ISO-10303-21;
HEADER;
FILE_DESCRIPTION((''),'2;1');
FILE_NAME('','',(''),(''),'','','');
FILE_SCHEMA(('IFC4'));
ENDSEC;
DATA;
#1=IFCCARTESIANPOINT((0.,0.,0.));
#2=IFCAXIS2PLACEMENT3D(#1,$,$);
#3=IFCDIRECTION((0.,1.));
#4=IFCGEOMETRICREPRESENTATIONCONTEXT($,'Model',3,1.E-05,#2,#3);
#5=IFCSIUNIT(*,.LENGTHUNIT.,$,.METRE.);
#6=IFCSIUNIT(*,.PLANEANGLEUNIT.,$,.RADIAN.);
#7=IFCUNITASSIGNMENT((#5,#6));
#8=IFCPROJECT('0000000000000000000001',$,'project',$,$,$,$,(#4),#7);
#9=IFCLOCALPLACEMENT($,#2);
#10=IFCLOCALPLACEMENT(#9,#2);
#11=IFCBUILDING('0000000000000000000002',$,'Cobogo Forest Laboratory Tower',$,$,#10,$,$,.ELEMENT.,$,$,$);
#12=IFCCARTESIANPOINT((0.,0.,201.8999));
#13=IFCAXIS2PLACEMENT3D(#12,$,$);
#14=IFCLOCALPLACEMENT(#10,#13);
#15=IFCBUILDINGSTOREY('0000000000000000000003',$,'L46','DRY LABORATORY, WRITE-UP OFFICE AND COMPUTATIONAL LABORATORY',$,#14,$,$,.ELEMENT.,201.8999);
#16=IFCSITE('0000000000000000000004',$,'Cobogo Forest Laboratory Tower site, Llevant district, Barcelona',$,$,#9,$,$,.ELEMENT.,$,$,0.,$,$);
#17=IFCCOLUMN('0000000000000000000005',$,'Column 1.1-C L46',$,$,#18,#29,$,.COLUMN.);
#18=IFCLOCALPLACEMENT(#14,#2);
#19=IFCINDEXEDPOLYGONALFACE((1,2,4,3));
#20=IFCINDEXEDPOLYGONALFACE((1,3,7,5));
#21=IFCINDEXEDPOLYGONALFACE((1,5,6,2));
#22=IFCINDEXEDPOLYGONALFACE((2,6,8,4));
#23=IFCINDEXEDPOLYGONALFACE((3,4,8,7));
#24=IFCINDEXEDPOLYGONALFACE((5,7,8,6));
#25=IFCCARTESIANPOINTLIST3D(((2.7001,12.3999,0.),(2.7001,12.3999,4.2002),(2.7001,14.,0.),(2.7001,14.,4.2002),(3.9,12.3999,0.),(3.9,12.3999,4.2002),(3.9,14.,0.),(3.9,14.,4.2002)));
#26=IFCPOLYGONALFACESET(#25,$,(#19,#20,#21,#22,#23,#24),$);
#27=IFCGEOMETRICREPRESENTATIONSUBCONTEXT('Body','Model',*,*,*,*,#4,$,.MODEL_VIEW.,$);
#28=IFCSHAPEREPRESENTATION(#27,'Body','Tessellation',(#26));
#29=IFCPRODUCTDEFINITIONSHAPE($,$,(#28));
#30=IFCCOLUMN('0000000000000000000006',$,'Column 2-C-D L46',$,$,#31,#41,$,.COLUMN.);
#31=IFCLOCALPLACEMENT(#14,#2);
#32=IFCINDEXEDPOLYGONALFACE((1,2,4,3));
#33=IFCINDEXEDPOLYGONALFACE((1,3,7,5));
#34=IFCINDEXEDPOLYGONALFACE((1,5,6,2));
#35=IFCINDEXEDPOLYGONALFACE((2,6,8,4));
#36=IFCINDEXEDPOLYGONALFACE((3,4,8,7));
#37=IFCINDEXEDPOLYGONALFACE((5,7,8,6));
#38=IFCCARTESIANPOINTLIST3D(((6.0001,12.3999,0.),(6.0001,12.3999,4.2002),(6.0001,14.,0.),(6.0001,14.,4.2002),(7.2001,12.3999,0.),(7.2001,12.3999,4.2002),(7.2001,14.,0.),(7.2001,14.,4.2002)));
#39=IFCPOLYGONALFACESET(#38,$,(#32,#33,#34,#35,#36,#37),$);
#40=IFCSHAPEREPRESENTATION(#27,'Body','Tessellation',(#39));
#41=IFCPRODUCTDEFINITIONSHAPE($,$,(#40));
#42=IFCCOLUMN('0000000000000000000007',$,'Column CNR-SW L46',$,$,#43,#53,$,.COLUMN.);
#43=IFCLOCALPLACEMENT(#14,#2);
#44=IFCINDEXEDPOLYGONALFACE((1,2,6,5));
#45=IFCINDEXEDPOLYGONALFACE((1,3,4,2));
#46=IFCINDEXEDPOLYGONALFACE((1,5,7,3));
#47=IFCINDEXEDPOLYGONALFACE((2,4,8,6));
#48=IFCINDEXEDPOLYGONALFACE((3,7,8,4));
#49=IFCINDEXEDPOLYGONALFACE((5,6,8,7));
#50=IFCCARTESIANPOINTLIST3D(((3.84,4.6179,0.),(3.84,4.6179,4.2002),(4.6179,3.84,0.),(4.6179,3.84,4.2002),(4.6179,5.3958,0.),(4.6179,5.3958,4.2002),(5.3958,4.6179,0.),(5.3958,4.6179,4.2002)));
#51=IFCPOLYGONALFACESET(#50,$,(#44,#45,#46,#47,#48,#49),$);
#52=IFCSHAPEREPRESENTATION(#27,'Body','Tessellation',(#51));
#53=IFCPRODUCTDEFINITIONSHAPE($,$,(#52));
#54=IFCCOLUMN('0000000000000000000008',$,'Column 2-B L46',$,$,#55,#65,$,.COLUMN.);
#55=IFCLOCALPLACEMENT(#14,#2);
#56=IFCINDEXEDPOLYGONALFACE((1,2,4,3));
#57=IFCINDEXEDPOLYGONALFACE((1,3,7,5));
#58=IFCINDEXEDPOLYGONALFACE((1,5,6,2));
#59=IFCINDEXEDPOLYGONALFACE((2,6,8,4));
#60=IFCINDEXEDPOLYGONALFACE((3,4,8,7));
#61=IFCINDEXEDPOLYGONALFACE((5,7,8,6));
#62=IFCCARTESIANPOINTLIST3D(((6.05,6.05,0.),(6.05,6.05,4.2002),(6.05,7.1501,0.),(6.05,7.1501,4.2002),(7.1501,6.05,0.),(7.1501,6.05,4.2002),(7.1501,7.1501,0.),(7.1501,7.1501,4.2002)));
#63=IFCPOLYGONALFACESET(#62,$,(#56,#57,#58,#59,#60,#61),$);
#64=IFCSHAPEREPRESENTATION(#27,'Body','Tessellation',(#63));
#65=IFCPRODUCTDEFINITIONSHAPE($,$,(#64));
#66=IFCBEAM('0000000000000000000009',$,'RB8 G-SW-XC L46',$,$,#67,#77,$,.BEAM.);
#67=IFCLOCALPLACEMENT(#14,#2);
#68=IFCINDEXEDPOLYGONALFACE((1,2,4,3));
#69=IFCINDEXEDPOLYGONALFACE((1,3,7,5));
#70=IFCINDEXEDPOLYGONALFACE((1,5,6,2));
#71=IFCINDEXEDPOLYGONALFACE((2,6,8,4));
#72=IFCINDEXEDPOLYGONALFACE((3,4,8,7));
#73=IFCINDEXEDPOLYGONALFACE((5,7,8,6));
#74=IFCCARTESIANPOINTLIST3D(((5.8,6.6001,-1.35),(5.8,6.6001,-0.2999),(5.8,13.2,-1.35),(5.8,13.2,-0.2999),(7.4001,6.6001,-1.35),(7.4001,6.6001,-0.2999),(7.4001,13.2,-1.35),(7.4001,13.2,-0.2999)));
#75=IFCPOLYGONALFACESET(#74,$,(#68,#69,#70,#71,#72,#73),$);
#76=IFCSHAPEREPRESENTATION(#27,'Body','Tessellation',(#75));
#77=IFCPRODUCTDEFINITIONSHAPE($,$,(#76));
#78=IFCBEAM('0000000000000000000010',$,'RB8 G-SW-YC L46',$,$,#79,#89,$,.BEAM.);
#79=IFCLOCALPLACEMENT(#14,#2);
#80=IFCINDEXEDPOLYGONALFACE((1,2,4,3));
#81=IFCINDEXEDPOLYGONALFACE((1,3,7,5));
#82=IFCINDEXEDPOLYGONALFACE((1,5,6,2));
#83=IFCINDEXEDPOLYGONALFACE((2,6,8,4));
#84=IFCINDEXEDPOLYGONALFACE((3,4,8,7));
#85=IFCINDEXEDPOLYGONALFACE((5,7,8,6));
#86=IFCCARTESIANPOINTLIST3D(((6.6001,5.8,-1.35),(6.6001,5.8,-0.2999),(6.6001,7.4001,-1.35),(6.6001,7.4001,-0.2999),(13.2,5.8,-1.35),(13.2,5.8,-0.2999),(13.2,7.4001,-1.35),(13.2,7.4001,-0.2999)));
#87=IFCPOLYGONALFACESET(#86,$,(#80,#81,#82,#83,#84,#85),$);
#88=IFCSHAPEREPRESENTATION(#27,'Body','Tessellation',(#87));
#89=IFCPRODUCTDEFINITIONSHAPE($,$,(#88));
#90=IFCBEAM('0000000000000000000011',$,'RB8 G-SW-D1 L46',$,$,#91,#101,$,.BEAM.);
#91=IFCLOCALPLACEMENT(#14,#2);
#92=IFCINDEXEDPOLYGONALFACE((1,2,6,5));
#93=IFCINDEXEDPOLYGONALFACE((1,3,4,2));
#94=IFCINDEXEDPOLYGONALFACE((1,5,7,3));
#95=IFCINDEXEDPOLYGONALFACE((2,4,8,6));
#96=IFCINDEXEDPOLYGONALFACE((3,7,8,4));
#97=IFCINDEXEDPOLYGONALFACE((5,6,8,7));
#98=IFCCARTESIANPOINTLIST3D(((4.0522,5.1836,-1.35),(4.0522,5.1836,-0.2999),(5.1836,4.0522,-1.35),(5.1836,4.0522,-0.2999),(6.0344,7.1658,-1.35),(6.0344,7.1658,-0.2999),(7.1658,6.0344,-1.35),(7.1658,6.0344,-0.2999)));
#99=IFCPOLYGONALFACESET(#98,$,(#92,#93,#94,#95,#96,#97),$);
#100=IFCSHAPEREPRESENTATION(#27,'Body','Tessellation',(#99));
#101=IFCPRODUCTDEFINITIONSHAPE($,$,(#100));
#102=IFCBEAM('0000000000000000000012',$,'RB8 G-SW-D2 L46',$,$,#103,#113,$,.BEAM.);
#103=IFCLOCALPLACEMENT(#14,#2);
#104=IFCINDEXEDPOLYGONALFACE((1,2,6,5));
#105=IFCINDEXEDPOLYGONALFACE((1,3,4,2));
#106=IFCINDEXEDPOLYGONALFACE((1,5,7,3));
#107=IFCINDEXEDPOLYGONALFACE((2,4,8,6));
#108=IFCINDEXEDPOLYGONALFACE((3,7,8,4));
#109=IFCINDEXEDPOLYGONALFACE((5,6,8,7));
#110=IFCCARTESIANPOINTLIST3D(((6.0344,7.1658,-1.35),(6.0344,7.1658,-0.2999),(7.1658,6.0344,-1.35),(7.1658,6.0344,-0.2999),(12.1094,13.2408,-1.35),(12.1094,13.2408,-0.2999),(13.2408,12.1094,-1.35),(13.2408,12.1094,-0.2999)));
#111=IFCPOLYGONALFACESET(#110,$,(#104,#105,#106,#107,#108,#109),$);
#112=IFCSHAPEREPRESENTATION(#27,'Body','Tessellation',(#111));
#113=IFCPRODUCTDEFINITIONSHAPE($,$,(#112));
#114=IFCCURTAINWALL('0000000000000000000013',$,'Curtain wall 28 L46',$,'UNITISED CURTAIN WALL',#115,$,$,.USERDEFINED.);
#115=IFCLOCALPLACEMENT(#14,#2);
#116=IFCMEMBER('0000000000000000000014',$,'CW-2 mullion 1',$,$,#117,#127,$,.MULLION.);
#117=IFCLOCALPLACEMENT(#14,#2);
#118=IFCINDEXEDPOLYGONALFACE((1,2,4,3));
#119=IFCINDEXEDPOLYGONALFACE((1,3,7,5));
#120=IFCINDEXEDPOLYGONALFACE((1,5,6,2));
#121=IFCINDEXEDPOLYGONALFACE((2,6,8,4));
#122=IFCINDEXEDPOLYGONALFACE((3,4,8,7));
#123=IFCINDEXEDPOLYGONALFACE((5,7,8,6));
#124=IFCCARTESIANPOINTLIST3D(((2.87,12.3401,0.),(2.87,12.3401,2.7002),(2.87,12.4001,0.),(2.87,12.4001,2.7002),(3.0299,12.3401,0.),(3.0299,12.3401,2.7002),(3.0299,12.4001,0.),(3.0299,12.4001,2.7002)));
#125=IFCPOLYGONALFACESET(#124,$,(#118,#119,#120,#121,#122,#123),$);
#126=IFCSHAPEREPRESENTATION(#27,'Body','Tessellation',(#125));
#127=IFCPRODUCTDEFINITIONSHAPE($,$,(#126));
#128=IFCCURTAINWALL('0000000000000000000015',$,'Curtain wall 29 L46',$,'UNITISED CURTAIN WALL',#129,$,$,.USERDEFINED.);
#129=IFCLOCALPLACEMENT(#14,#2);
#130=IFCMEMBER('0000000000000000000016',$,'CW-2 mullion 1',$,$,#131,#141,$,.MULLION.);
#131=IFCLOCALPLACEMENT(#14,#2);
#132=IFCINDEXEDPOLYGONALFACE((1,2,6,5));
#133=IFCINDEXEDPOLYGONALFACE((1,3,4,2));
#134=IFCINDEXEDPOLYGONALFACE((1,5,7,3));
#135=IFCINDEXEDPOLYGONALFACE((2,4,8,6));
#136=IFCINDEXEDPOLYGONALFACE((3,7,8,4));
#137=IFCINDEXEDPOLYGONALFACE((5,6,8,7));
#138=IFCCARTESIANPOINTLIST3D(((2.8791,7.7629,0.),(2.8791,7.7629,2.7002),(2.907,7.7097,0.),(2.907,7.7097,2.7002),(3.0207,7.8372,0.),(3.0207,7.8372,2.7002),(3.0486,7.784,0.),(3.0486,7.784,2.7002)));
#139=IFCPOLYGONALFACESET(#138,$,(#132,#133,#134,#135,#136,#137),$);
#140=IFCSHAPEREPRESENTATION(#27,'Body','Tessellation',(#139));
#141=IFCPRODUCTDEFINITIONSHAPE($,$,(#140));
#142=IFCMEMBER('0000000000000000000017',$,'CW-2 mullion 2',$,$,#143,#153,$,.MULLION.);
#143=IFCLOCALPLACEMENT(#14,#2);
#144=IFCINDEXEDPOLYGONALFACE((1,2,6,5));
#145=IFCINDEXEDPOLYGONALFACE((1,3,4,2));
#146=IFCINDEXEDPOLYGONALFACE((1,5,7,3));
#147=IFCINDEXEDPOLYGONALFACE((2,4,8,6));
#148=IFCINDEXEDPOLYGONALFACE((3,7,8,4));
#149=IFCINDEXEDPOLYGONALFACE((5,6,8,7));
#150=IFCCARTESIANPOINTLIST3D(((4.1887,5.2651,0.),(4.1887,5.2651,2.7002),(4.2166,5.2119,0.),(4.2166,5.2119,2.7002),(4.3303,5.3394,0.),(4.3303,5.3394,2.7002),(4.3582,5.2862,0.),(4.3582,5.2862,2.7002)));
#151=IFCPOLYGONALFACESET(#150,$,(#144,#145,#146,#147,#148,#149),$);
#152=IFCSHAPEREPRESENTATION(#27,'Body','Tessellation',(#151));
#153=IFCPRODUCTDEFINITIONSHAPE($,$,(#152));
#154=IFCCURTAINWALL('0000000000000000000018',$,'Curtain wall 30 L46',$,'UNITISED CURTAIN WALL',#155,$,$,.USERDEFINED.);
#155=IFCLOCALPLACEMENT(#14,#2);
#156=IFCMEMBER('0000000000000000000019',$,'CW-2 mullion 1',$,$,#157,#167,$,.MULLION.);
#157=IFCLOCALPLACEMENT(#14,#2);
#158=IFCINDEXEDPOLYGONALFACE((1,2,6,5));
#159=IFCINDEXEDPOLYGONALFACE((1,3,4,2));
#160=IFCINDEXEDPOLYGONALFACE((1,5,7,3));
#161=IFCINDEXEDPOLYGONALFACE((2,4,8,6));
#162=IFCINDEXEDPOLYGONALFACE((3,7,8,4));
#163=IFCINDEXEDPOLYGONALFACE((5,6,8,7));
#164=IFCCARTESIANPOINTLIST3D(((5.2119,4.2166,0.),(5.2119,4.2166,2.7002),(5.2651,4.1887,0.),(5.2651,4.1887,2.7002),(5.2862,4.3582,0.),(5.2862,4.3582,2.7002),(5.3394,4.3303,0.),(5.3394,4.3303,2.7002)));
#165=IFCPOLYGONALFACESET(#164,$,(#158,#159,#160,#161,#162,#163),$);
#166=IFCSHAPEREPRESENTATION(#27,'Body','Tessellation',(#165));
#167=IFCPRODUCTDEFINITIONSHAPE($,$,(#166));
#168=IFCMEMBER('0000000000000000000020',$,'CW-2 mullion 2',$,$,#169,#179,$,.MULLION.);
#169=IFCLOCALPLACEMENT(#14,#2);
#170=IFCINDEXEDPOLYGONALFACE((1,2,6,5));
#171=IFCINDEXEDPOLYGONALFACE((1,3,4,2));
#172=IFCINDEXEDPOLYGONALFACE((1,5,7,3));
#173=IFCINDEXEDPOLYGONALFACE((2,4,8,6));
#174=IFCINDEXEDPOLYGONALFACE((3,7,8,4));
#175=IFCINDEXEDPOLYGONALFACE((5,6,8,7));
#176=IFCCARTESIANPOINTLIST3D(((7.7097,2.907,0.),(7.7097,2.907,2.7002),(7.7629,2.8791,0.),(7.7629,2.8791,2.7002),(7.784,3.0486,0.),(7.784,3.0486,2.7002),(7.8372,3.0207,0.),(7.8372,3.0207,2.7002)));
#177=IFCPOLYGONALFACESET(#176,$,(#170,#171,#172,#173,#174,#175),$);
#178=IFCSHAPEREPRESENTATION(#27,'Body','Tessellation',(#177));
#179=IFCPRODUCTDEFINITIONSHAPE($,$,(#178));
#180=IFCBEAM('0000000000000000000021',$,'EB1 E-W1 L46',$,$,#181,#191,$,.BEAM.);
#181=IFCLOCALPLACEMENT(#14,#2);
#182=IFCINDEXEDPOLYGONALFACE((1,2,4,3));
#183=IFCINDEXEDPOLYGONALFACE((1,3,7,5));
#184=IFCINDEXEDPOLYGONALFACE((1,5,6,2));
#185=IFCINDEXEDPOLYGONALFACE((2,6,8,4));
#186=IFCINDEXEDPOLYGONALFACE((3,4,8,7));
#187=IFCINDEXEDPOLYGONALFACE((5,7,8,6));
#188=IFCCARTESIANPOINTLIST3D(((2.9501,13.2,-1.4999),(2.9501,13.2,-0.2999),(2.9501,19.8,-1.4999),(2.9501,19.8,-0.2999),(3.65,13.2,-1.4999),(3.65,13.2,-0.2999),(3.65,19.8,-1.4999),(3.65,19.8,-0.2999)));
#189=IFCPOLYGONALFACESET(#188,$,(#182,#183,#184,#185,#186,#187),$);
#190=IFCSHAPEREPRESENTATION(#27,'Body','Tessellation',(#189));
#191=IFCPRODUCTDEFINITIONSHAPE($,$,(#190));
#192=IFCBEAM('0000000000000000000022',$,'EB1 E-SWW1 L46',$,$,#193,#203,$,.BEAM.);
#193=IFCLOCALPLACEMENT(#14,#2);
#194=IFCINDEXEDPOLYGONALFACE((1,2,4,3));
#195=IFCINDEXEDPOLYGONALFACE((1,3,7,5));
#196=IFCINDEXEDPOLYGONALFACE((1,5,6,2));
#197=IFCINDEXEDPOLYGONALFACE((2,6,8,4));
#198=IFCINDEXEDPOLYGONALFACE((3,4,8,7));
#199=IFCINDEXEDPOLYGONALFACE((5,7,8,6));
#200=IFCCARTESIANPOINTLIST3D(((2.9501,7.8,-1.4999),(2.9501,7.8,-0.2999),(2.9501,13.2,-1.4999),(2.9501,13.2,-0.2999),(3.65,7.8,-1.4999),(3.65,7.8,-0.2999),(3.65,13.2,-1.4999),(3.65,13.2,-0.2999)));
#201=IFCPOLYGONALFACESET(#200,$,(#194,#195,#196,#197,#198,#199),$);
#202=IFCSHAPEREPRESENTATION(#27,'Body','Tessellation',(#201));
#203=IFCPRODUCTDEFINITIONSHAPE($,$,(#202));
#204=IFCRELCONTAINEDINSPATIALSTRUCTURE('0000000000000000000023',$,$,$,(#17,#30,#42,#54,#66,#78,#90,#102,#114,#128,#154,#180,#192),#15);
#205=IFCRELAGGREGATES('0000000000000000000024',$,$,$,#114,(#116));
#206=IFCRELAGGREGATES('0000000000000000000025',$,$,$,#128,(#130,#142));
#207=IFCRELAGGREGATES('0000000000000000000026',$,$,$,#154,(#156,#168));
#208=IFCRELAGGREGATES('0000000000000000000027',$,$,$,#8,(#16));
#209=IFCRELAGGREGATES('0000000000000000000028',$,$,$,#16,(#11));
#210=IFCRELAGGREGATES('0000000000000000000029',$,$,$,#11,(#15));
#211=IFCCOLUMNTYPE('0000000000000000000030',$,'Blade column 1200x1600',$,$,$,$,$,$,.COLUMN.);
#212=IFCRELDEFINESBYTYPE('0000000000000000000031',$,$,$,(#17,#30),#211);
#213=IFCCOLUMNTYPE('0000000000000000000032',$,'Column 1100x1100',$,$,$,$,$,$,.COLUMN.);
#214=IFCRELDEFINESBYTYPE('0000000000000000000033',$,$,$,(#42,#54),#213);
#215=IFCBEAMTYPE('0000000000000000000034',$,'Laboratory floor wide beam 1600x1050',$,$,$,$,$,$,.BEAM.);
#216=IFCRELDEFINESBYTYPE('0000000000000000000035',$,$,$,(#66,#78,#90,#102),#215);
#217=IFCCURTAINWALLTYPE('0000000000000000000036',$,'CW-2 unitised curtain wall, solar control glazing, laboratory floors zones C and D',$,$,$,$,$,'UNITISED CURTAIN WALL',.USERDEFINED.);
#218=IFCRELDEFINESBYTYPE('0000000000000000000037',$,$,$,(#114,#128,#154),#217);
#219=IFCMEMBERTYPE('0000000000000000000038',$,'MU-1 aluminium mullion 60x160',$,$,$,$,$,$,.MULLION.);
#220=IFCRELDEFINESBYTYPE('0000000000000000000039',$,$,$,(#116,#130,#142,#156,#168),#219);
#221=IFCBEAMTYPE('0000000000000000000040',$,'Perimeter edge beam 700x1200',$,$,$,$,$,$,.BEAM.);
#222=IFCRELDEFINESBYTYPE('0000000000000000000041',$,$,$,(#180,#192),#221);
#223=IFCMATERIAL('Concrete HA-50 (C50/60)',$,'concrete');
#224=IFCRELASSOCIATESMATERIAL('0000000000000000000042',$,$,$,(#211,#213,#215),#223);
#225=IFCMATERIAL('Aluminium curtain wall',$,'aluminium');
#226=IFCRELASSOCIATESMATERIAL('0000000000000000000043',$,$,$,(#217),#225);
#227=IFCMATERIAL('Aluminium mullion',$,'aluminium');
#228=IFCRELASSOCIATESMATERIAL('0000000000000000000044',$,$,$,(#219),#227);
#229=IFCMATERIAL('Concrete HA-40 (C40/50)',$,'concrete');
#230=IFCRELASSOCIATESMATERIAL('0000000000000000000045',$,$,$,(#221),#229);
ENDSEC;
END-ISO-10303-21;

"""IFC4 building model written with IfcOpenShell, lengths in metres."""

from ifc_helpers import new_model, si_unit, direction, frame, origin, origin_2d, place, context, subcontext, project, spatial, rectangle, extrude, material, material_profile, profile_set, type_object, element, aggregate, save


model = new_model("IFC4")

# Units and contexts
model_context = context("Model", 3, precision=1e-05, world=origin(), true_north=direction((0.0, 1.0)))
body_context = subcontext(model_context, "Body", "Model", "MODEL_VIEW")
ifc_project = project(units=[si_unit("LENGTHUNIT", "METRE"), si_unit("PLANEANGLEUNIT", "RADIAN")], contexts=[model_context])

# Site, building, storey
site_placement = place(None, origin())
site = spatial("IfcSite", under=ifc_project, at=site_placement, Name="Cobogo Forest Laboratory Tower site, Llevant district, Barcelona", CompositionType="ELEMENT", RefElevation=0.0)
building_placement = place(site_placement, origin())
building = spatial("IfcBuilding", under=site, at=building_placement, Name="Cobogo Forest Laboratory Tower", CompositionType="ELEMENT")
storey_placement = place(building_placement, frame((0.0, 0.0, 201.8999)))
storey = spatial("IfcBuildingStorey", under=building, at=storey_placement, Name="L46", Description="DRY LABORATORY, WRITE-UP OFFICE AND COMPUTATIONAL LABORATORY", CompositionType="ELEMENT", Elevation=201.8999)

# Columns
ifc_material_1 = material(Name="Concrete HA-50 (C50/60)", Category="concrete")
ifc_material_profile_1 = material_profile(ifc_material_1, rectangle(XDim=1.6001, YDim=1.2, at=origin_2d()), Name="RC 1200x1600")
ifc_profile_set_1 = profile_set([ifc_material_profile_1], Name="Concrete HA-50 (C50/60)")
column_type_1 = type_object("IfcColumnType", Name="Blade column 1200x1600", PredefinedType="COLUMN", material=ifc_profile_set_1)
for number, where, z_axis, x_axis, name in (
    (1, (3.3, 13.2, 0.0), (0.0, 0.0, 1.0), (0.0, 1.0, 0.0), "Column 1.1-C L46"),
    (2, (6.6001, 13.2, 0.0), (0.0, 0.0, 1.0), (0.0, 1.0, 0.0), "Column 2-C-D L46"),
):
    element("IfcColumn", number, at=place(storey_placement, frame(where, z_axis=z_axis, x_axis=x_axis)), inside=storey, type_object=column_type_1, Name=name, PredefinedType="COLUMN", context=body_context, shape_type="SweptSolid", body=[
        extrude(rectangle(XDim=1.6001, YDim=1.2, at=origin_2d()), origin(), (0.0, 0.0, 1.0), 4.2002),
    ])
ifc_material_profile_2 = material_profile(ifc_material_1, rectangle(XDim=1.1001, YDim=1.1001, at=origin_2d()), Name="RC 1100x1100")
ifc_profile_set_2 = profile_set([ifc_material_profile_2], Name="Concrete HA-50 (C50/60)")
column_type_2 = type_object("IfcColumnType", Name="Column 1100x1100", PredefinedType="COLUMN", material=ifc_profile_set_2)
for number, where, z_axis, x_axis, name in (
    (3, (4.6179, 4.6179, 0.0), (0.0, 0.0, 1.0), (0.707107, 0.707107, 0.0), "Column CNR-SW L46"),
    (4, (6.6001, 6.6001, 0.0), (0.0, 0.0, 1.0), (1.0, 0.0, 0.0), "Column 2-B L46"),
):
    element("IfcColumn", number, at=place(storey_placement, frame(where, z_axis=z_axis, x_axis=x_axis)), inside=storey, type_object=column_type_2, Name=name, PredefinedType="COLUMN", context=body_context, shape_type="SweptSolid", body=[
        extrude(rectangle(XDim=1.1001, YDim=1.1001, at=origin_2d()), origin(), (0.0, 0.0, 1.0), 4.2002),
    ])

# Beams
ifc_material_profile_3 = material_profile(ifc_material_1, rectangle(XDim=1.6001, YDim=1.05, at=origin_2d()), Name="RC 1600x1050")
ifc_profile_set_3 = profile_set([ifc_material_profile_3], Name="Concrete HA-50 (C50/60)")
beam_type_1 = type_object("IfcBeamType", Name="Laboratory floor wide beam 1600x1050", PredefinedType="BEAM", material=ifc_profile_set_3)
for number, where, z_axis, x_axis, name in (
    (5, (6.6001, 6.6001, -0.825), (0.0, 1.0, 0.0), (-1.0, 0.0, 0.0), "RB8 G-SW-XC L46"),
    (6, (6.6001, 6.6001, -0.825), (1.0, 0.0, 0.0), (0.0, 1.0, 0.0), "RB8 G-SW-YC L46"),
):
    element("IfcBeam", number, at=place(storey_placement, frame(where, z_axis=z_axis, x_axis=x_axis)), inside=storey, type_object=beam_type_1, Name=name, PredefinedType="BEAM", context=body_context, shape_type="SweptSolid", body=[
        extrude(rectangle(XDim=1.6001, YDim=1.05, at=origin_2d()), origin(), (0.0, 0.0, 1.0), 6.5999),
    ])
beam_1_placement = place(storey_placement, frame((4.6179, 4.6179, -0.825), z_axis=(0.707107, 0.707107, 0.0), x_axis=(-0.707107, 0.707107, 0.0)))
element("IfcBeam", 7, at=beam_1_placement, inside=storey, type_object=beam_type_1, Name="RB8 G-SW-D1 L46", PredefinedType="BEAM", context=body_context, shape_type="SweptSolid", body=[
    extrude(rectangle(XDim=1.6001, YDim=1.05, at=origin_2d()), origin(), (0.0, 0.0, 1.0), 2.8032),
])
beam_2_placement = place(storey_placement, frame((6.6001, 6.6001, -0.825), z_axis=(0.707107, 0.707107, 0.0), x_axis=(-0.707107, 0.707107, 0.0)))
element("IfcBeam", 8, at=beam_2_placement, inside=storey, type_object=beam_type_1, Name="RB8 G-SW-D2 L46", PredefinedType="BEAM", context=body_context, shape_type="SweptSolid", body=[
    extrude(rectangle(XDim=1.6001, YDim=1.05, at=origin_2d()), origin(), (0.0, 0.0, 1.0), 8.5913),
])

# Curtain wall, member
ifc_material_2 = material(Name="Aluminium curtain wall", Category="aluminium")
curtain_wall_type = type_object("IfcCurtainWallType", Name="CW-2 unitised curtain wall, solar control glazing, laboratory floors zones C and D", ElementType="UNITISED CURTAIN WALL", PredefinedType="USERDEFINED", material=ifc_material_2)
curtain_wall_1_placement = place(storey_placement, origin())
curtain_wall_1 = element("IfcCurtainWall", 9, at=curtain_wall_1_placement, inside=storey, type_object=curtain_wall_type, Name="Curtain wall 28 L46", ObjectType="UNITISED CURTAIN WALL", PredefinedType="USERDEFINED")
ifc_material_3 = material(Name="Aluminium mullion", Category="aluminium")
ifc_material_profile_4 = material_profile(ifc_material_3, rectangle(XDim=0.0601, YDim=0.1599, at=origin_2d()), Name="AL 60x160")
ifc_profile_set_4 = profile_set([ifc_material_profile_4], Name="Aluminium mullion")
member_type_1 = type_object("IfcMemberType", Name="MU-1 aluminium mullion 60x160", PredefinedType="MULLION", material=ifc_profile_set_4)
member_1_placement = place(storey_placement, frame((2.95, 12.3701, 0.0), z_axis=(0.0, 0.0, 1.0), x_axis=(0.0, -1.0, 0.0)))
member_1 = element("IfcMember", 10, at=member_1_placement, type_object=member_type_1, Name="CW-2 mullion 1", PredefinedType="MULLION", context=body_context, shape_type="SweptSolid", body=[
    extrude(rectangle(XDim=0.0601, YDim=0.1599, at=origin_2d()), origin(), (0.0, 0.0, 1.0), 2.7002),
])

# Curtain walls, members
curtain_wall_2_placement = place(storey_placement, origin())
curtain_wall_2 = element("IfcCurtainWall", 11, at=curtain_wall_2_placement, inside=storey, type_object=curtain_wall_type, Name="Curtain wall 29 L46", ObjectType="UNITISED CURTAIN WALL", PredefinedType="USERDEFINED")
member_2_placement = place(storey_placement, frame((2.9639, 7.7734, 0.0), z_axis=(0.0, 0.0, 1.0), x_axis=(0.464284, -0.885686, 0.0)))
member_2 = element("IfcMember", 12, at=member_2_placement, type_object=member_type_1, Name="CW-2 mullion 1", PredefinedType="MULLION", context=body_context, shape_type="SweptSolid", body=[
    extrude(rectangle(XDim=0.0601, YDim=0.1599, at=origin_2d()), origin(), (0.0, 0.0, 1.0), 2.7002),
])
member_3_placement = place(storey_placement, frame((4.2734, 5.2756, 0.0), z_axis=(0.0, 0.0, 1.0), x_axis=(0.464284, -0.885686, 0.0)))
member_3 = element("IfcMember", 13, at=member_3_placement, type_object=member_type_1, Name="CW-2 mullion 2", PredefinedType="MULLION", context=body_context, shape_type="SweptSolid", body=[
    extrude(rectangle(XDim=0.0601, YDim=0.1599, at=origin_2d()), origin(), (0.0, 0.0, 1.0), 2.7002),
])
curtain_wall_3_placement = place(storey_placement, origin())
curtain_wall_3 = element("IfcCurtainWall", 14, at=curtain_wall_3_placement, inside=storey, type_object=curtain_wall_type, Name="Curtain wall 30 L46", ObjectType="UNITISED CURTAIN WALL", PredefinedType="USERDEFINED")
member_4_placement = place(storey_placement, frame((5.2756, 4.2734, 0.0), z_axis=(0.0, 0.0, 1.0), x_axis=(0.885686, -0.464284, 0.0)))
member_4 = element("IfcMember", 15, at=member_4_placement, type_object=member_type_1, Name="CW-2 mullion 1", PredefinedType="MULLION", context=body_context, shape_type="SweptSolid", body=[
    extrude(rectangle(XDim=0.0601, YDim=0.1599, at=origin_2d()), origin(), (0.0, 0.0, 1.0), 2.7002),
])
member_5_placement = place(storey_placement, frame((7.7734, 2.9639, 0.0), z_axis=(0.0, 0.0, 1.0), x_axis=(0.885686, -0.464284, 0.0)))
member_5 = element("IfcMember", 16, at=member_5_placement, type_object=member_type_1, Name="CW-2 mullion 2", PredefinedType="MULLION", context=body_context, shape_type="SweptSolid", body=[
    extrude(rectangle(XDim=0.0601, YDim=0.1599, at=origin_2d()), origin(), (0.0, 0.0, 1.0), 2.7002),
])

# Beams
ifc_material_4 = material(Name="Concrete HA-40 (C40/50)", Category="concrete")
ifc_material_profile_5 = material_profile(ifc_material_4, rectangle(XDim=0.7, YDim=1.2, at=origin_2d()), Name="RC 700x1200")
ifc_profile_set_5 = profile_set([ifc_material_profile_5], Name="Concrete HA-40 (C40/50)")
beam_type_2 = type_object("IfcBeamType", Name="Perimeter edge beam 700x1200", PredefinedType="BEAM", material=ifc_profile_set_5)
beam_3_placement = place(storey_placement, frame((3.3, 13.2, -0.8999), z_axis=(0.0, 1.0, 0.0), x_axis=(-1.0, 0.0, 0.0)))
element("IfcBeam", 17, at=beam_3_placement, inside=storey, type_object=beam_type_2, Name="EB1 E-W1 L46", PredefinedType="BEAM", context=body_context, shape_type="SweptSolid", body=[
    extrude(rectangle(XDim=0.7, YDim=1.2, at=origin_2d()), origin(), (0.0, 0.0, 1.0), 6.6001),
])
beam_4_placement = place(storey_placement, frame((3.3, 13.2, -0.8999), z_axis=(0.0, -1.0, 0.0), x_axis=(1.0, 0.0, 0.0)))
element("IfcBeam", 18, at=beam_4_placement, inside=storey, type_object=beam_type_2, Name="EB1 E-SWW1 L46", PredefinedType="BEAM", context=body_context, shape_type="SweptSolid", body=[
    extrude(rectangle(XDim=0.7, YDim=1.2, at=origin_2d()), origin(), (0.0, 0.0, 1.0), 5.3999),
])

aggregate(curtain_wall_1, [member_1])
aggregate(curtain_wall_2, [member_2, member_3])
aggregate(curtain_wall_3, [member_4, member_5])

save(model, "model.ifc")
